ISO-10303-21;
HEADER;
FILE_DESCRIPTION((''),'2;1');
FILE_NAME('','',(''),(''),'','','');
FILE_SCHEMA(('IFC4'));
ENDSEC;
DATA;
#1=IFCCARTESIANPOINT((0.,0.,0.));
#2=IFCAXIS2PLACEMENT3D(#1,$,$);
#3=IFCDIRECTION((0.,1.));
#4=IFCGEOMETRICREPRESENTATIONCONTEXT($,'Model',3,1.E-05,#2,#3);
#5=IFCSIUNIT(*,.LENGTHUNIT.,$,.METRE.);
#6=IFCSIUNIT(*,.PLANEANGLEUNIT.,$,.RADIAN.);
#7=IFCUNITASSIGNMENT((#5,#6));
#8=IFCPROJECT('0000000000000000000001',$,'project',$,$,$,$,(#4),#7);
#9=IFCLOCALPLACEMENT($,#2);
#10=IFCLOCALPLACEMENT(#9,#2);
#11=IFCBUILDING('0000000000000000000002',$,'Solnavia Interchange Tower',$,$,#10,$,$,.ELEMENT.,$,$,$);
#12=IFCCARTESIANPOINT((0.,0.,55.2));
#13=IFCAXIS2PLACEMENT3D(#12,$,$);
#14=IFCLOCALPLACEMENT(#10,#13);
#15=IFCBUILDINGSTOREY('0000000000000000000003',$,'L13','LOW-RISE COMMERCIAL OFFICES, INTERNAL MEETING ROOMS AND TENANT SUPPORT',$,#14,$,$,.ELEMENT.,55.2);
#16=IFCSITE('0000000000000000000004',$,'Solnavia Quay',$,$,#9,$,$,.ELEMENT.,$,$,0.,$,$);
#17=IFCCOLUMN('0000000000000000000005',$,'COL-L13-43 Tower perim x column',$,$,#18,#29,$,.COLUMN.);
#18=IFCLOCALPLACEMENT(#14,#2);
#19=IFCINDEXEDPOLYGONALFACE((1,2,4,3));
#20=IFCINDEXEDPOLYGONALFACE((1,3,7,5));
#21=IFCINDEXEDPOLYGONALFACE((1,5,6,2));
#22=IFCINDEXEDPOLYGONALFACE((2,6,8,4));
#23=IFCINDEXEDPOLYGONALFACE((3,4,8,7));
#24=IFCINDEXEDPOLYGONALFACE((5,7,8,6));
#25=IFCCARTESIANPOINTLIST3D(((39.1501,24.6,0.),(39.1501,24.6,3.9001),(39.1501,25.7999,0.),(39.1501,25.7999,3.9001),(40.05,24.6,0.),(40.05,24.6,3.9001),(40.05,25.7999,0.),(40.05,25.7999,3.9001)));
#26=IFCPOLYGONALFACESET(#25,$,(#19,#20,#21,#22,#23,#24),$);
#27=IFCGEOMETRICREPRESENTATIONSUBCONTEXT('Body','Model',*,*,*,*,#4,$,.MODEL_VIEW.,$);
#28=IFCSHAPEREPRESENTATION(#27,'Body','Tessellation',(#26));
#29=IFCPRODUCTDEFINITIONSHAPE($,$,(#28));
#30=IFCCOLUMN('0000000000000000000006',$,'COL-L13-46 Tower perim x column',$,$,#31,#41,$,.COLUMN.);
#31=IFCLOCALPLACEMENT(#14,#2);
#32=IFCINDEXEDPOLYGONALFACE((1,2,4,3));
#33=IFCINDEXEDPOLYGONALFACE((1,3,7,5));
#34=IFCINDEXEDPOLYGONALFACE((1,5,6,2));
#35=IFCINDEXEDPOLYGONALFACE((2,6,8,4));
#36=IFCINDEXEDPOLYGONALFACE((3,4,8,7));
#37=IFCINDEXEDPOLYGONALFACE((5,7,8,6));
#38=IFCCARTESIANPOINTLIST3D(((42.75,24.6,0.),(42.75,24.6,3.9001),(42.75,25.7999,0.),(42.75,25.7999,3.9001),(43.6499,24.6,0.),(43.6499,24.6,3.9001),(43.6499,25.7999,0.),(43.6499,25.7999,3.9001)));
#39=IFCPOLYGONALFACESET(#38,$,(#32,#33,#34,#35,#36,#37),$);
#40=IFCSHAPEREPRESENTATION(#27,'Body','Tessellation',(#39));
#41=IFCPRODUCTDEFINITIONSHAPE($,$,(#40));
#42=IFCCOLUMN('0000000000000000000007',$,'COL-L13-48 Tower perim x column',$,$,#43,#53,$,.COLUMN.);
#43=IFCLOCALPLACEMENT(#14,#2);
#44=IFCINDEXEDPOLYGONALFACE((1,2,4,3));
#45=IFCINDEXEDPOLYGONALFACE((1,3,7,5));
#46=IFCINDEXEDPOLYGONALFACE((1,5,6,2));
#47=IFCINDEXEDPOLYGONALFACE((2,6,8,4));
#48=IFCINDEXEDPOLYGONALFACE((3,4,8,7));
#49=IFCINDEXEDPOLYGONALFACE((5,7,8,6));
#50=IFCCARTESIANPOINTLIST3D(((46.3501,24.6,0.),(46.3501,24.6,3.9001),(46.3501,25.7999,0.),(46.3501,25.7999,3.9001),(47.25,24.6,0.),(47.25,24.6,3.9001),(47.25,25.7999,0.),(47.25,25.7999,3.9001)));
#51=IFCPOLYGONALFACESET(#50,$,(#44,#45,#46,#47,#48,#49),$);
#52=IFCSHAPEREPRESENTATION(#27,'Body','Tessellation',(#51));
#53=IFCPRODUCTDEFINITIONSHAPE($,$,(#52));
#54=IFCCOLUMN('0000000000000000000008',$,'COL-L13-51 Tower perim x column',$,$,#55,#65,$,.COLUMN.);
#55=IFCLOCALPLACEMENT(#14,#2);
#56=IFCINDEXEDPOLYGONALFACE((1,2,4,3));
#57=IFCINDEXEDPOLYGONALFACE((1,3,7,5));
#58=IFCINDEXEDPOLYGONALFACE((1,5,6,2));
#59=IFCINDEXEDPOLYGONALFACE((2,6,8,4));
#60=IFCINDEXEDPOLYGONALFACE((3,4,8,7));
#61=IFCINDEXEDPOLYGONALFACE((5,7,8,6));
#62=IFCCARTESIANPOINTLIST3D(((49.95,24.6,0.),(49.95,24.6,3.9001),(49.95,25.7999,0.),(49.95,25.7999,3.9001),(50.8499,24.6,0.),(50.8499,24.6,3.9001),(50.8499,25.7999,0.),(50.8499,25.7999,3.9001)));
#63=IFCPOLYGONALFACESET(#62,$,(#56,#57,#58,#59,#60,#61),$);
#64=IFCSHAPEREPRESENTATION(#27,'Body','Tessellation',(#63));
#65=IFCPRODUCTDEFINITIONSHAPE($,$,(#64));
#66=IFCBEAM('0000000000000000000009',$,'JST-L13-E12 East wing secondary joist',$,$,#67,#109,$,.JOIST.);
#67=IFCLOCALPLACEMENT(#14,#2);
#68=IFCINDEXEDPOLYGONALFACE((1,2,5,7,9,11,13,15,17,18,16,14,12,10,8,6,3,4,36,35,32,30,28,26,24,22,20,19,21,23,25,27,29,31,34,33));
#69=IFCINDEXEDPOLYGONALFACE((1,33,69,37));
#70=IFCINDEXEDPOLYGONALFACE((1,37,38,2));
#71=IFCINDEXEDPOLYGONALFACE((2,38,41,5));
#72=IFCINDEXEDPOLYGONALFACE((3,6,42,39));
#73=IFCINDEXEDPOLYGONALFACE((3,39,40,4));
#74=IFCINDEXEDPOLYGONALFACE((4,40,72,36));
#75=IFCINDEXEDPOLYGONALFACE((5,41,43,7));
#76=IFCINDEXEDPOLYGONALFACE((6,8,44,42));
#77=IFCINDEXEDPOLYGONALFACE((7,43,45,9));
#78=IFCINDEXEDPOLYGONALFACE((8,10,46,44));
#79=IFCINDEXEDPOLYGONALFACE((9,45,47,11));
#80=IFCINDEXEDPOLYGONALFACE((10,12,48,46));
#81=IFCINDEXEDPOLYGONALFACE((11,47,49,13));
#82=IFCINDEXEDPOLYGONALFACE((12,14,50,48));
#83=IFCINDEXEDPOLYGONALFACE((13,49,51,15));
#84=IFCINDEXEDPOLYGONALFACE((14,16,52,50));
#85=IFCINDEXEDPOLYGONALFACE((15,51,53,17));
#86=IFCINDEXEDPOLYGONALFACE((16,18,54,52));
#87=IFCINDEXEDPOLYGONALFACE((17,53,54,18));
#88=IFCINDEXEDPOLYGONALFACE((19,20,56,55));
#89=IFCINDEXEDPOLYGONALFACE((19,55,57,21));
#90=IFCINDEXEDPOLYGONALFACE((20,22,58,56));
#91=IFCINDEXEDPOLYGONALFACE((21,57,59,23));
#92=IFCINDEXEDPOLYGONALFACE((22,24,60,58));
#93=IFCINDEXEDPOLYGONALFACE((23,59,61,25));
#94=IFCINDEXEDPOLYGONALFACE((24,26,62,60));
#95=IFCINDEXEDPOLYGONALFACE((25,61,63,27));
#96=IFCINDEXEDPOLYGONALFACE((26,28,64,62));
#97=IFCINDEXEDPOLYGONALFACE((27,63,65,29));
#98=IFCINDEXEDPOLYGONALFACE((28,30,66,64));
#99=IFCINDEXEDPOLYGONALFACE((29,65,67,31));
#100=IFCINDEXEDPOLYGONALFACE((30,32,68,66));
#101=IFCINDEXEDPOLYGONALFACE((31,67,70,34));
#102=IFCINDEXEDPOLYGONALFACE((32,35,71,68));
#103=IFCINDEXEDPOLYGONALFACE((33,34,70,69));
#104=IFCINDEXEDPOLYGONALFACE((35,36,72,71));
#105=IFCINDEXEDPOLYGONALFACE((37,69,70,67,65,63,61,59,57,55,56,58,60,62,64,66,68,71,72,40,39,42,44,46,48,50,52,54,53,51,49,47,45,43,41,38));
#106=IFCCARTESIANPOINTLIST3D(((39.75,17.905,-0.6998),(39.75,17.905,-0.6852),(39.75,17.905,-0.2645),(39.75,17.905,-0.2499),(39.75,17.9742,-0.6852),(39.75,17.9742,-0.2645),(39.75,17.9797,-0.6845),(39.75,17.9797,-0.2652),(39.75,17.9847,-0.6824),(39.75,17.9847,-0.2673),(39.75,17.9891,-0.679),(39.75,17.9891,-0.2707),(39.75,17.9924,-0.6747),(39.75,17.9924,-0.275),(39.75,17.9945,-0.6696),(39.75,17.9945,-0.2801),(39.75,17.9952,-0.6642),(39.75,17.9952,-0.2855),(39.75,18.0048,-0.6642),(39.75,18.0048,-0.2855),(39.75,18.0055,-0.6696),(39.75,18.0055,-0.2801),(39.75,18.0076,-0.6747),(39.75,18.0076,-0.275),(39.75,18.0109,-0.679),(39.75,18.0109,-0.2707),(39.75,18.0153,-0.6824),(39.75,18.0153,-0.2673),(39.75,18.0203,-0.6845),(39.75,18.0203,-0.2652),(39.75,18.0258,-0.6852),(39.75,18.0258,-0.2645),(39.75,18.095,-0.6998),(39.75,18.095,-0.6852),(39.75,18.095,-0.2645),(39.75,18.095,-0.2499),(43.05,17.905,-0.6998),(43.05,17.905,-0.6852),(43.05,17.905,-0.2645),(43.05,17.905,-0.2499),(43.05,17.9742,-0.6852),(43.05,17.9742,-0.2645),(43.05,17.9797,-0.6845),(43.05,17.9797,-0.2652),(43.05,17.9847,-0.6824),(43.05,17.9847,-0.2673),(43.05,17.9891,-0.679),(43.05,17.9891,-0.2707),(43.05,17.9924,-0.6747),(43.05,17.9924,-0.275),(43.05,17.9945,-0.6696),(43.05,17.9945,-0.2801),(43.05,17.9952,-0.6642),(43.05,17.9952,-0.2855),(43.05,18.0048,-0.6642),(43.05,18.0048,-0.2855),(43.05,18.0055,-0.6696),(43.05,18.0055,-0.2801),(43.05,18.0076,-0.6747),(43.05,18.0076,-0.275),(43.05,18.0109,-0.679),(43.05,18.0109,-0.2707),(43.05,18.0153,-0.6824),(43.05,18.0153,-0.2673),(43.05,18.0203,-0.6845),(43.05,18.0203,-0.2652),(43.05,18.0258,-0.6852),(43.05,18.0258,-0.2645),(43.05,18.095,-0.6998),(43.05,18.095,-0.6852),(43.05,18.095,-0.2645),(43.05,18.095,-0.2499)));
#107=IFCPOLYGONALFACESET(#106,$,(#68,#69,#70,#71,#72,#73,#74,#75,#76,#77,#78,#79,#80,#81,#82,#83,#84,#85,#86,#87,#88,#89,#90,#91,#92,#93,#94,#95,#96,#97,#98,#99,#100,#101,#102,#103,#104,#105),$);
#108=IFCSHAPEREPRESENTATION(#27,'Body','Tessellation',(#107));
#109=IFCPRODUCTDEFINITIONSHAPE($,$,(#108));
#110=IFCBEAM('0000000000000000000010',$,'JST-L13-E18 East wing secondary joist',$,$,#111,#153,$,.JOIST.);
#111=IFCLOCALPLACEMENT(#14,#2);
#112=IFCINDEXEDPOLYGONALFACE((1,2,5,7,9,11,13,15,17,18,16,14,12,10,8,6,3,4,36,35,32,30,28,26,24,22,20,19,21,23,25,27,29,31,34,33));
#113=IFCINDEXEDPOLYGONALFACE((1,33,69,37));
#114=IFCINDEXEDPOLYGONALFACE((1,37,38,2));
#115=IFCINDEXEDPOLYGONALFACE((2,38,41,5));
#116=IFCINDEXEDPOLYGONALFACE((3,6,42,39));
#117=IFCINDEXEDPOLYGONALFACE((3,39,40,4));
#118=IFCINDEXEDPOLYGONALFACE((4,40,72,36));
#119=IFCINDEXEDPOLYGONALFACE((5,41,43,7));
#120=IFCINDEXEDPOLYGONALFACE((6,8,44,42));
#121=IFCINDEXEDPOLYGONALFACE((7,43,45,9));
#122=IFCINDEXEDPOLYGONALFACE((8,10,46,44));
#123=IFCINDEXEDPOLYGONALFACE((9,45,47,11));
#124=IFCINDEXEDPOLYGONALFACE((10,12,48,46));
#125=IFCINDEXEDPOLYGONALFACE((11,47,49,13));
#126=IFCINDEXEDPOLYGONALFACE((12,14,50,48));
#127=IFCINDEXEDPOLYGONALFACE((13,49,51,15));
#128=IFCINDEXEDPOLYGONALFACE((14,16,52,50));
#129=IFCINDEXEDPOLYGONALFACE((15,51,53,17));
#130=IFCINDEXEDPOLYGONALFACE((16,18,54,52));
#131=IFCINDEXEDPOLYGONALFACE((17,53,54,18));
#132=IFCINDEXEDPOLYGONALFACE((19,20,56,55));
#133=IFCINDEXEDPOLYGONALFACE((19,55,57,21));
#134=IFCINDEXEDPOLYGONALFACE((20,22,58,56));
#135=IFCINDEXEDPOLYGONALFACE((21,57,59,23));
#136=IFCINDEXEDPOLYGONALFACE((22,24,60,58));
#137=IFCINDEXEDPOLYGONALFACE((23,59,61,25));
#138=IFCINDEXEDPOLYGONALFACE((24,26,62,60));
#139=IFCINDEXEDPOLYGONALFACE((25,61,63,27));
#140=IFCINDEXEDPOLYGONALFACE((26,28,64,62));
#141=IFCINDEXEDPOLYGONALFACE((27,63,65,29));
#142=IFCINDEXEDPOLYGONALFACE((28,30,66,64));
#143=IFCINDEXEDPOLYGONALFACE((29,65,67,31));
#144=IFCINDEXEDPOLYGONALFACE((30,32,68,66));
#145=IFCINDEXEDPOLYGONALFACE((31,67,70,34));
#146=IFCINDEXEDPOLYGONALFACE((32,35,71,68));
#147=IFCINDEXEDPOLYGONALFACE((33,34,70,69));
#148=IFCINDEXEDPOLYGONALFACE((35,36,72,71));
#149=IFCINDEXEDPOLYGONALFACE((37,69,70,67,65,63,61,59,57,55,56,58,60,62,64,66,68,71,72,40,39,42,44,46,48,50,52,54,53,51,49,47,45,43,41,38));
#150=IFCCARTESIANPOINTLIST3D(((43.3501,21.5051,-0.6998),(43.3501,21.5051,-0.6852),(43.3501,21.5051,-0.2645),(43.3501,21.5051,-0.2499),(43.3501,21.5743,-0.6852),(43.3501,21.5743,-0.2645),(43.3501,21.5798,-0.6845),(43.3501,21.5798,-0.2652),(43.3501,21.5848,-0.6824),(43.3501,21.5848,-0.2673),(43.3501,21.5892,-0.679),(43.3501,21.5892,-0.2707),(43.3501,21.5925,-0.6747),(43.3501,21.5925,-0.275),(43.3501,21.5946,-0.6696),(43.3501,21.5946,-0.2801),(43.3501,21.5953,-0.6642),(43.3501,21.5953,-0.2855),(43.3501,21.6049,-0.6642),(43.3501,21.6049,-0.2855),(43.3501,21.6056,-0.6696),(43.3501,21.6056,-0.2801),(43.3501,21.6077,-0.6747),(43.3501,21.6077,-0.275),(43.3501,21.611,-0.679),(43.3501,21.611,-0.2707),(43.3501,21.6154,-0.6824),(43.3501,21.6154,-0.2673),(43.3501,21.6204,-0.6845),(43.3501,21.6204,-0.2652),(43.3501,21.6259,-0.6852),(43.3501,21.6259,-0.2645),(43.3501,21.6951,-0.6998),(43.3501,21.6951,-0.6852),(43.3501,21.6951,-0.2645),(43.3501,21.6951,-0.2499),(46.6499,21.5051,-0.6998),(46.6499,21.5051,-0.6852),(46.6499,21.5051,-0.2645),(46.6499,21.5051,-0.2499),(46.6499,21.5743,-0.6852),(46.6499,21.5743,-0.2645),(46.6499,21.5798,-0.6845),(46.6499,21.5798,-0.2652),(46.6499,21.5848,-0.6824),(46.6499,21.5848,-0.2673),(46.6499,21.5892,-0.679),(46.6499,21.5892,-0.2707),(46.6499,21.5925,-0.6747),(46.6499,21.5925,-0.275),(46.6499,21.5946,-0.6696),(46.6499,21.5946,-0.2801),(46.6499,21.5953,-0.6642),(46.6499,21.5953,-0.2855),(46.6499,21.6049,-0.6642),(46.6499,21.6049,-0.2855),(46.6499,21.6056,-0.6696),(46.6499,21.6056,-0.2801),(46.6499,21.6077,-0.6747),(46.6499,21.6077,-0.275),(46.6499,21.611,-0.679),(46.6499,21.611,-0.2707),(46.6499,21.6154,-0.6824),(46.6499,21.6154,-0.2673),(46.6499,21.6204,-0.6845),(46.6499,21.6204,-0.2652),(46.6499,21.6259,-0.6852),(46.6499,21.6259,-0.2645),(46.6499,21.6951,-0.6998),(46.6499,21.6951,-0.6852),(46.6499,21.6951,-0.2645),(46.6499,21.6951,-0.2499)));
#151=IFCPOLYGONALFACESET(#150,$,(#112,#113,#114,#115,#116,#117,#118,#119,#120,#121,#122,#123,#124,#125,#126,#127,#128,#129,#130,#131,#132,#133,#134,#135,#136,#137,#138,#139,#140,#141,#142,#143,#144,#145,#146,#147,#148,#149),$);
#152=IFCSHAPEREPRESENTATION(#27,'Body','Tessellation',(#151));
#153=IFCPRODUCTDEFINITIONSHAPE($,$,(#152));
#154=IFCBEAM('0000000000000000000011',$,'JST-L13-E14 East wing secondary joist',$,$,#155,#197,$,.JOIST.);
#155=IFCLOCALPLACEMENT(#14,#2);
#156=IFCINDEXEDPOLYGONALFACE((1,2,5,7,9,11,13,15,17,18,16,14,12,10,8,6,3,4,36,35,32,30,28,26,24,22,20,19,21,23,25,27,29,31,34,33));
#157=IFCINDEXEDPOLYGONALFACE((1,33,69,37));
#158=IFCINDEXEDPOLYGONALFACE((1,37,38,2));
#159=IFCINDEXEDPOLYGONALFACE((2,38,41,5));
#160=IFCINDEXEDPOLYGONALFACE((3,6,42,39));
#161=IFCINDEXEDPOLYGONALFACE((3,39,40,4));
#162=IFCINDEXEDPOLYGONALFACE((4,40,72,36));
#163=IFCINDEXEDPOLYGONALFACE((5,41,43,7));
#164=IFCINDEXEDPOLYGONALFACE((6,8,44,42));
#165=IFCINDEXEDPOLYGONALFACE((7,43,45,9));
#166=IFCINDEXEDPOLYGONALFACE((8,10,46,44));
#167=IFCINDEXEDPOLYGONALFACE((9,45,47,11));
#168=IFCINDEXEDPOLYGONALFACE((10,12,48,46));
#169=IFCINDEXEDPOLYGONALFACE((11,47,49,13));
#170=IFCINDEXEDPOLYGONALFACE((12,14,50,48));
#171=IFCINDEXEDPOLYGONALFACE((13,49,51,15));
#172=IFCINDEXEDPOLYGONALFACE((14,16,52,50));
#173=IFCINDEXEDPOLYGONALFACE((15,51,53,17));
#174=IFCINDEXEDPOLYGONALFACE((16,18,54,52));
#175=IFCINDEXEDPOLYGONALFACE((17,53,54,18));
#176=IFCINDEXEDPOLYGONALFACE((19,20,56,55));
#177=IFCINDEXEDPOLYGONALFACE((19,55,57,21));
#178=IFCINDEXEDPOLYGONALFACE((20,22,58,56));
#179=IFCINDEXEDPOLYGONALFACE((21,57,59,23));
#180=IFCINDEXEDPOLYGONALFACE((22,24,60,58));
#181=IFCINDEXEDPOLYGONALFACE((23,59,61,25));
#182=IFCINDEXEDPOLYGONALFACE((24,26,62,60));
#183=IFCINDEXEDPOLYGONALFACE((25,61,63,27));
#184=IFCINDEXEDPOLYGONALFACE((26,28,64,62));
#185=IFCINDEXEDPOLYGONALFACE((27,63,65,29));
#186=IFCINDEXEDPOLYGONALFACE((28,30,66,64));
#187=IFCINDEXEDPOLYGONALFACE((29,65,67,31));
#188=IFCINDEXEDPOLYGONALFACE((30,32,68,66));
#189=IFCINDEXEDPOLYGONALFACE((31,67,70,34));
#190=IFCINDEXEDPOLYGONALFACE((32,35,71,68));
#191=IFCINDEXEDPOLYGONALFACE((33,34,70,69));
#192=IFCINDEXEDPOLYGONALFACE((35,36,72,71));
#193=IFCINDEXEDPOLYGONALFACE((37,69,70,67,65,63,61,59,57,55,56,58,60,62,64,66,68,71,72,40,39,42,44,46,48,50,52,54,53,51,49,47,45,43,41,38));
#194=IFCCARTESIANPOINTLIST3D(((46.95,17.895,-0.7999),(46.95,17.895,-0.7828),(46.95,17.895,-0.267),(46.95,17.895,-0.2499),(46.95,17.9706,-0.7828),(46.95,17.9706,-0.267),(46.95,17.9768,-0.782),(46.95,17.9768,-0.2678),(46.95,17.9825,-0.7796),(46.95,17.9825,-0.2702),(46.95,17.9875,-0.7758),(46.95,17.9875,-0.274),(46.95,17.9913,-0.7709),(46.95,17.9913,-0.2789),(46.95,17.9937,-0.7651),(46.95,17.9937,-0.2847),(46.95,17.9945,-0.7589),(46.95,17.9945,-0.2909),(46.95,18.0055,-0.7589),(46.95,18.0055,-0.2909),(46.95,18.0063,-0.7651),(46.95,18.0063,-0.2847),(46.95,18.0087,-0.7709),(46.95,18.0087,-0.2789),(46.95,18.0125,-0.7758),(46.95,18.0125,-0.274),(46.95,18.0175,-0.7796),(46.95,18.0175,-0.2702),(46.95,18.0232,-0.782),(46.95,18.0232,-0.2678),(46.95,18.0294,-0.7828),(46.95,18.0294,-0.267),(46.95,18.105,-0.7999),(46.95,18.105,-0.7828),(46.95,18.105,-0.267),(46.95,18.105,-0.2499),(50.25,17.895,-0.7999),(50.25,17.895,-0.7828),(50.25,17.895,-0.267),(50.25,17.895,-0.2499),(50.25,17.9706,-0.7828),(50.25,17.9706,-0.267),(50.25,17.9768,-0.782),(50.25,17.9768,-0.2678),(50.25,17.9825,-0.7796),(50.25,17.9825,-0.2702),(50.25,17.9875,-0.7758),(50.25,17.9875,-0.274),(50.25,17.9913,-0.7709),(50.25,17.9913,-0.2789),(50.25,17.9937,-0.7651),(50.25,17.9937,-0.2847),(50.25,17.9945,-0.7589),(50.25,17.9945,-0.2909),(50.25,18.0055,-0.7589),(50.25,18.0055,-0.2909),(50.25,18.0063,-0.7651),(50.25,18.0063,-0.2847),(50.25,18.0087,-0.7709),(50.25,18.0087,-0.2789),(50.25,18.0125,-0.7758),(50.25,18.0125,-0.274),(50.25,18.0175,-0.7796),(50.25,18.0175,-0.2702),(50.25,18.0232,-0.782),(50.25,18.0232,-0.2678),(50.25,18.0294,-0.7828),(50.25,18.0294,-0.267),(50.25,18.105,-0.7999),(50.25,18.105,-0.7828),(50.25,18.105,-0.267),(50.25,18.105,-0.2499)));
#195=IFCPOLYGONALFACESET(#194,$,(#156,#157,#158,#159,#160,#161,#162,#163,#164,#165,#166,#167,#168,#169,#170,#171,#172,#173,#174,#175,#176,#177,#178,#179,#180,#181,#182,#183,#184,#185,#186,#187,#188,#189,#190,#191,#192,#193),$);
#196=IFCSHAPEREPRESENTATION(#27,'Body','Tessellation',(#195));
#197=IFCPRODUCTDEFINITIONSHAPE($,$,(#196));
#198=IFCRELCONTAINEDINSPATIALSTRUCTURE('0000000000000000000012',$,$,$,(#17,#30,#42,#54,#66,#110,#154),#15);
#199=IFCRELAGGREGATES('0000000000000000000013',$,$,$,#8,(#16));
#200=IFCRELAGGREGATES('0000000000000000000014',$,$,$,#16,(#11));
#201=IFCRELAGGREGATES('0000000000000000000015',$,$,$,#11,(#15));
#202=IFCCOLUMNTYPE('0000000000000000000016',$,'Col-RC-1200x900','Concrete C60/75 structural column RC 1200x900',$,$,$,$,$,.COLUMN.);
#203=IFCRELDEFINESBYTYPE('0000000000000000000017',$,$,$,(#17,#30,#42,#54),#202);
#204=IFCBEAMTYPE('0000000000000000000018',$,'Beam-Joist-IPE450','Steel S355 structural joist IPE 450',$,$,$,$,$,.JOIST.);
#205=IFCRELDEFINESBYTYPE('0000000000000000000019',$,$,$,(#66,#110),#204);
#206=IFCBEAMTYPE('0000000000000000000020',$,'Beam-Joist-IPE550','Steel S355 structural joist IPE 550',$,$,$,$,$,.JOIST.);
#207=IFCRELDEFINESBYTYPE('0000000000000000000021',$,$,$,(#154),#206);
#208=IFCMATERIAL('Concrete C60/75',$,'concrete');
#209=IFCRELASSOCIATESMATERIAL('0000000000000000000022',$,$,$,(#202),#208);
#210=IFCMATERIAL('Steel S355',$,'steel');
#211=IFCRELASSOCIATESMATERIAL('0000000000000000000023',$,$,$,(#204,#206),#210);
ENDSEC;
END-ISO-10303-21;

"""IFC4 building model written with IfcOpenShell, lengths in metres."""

from ifc_helpers import new_model, si_unit, direction, frame, origin, origin_2d, place, context, subcontext, project, spatial, rectangle, i_section, extrude, material, material_profile, profile_set, type_object, element, save


model = new_model("IFC4")

# Units and contexts
model_context = context("Model", 3, precision=1e-05, world=origin(), true_north=direction((0.0, 1.0)))
body_context = subcontext(model_context, "Body", "Model", "MODEL_VIEW")
ifc_project = project(units=[si_unit("LENGTHUNIT", "METRE"), si_unit("PLANEANGLEUNIT", "RADIAN")], contexts=[model_context])

# Site, building, storey
site_placement = place(None, origin())
site = spatial("IfcSite", under=ifc_project, at=site_placement, Name="Solnavia Quay", CompositionType="ELEMENT", RefElevation=0.0)
building_placement = place(site_placement, origin())
building = spatial("IfcBuilding", under=site, at=building_placement, Name="Solnavia Interchange Tower", CompositionType="ELEMENT")
storey_placement = place(building_placement, frame((0.0, 0.0, 55.2)))
storey = spatial("IfcBuildingStorey", under=building, at=storey_placement, Name="L13", Description="LOW-RISE COMMERCIAL OFFICES, INTERNAL MEETING ROOMS AND TENANT SUPPORT", CompositionType="ELEMENT", Elevation=55.2)

# Columns
ifc_material_1 = material(Name="Concrete C60/75", Category="concrete")
ifc_material_profile_1 = material_profile(ifc_material_1, rectangle(XDim=0.8999, YDim=1.2, at=origin_2d()), Name="RC 1200x900")
ifc_profile_set_1 = profile_set([ifc_material_profile_1], Name="Concrete C60/75")
column_type = type_object("IfcColumnType", Name="Col-RC-1200x900", Description="Concrete C60/75 structural column RC 1200x900", PredefinedType="COLUMN", material=ifc_profile_set_1)
for number, where, z_axis, x_axis, name in (
    (1, (39.6001, 25.2, 0.0), (0.0, 0.0, 1.0), (1.0, 0.0, 0.0), "COL-L13-43 Tower perim x column"),
    (2, (43.2, 25.2, 0.0), (0.0, 0.0, 1.0), (1.0, 0.0, 0.0), "COL-L13-46 Tower perim x column"),
    (3, (46.8, 25.2, 0.0), (0.0, 0.0, 1.0), (1.0, 0.0, 0.0), "COL-L13-48 Tower perim x column"),
    (4, (50.3999, 25.2, 0.0), (0.0, 0.0, 1.0), (1.0, 0.0, 0.0), "COL-L13-51 Tower perim x column"),
):
    element("IfcColumn", number, at=place(storey_placement, frame(where, z_axis=z_axis, x_axis=x_axis)), inside=storey, type_object=column_type, Name=name, PredefinedType="COLUMN", context=body_context, shape_type="SweptSolid", body=[
        extrude(rectangle(XDim=0.8999, YDim=1.2, at=origin_2d()), origin(), (0.0, 0.0, 1.0), 3.9001),
    ])

# Beams
ifc_material_2 = material(Name="Steel S355", Category="steel")
ifc_material_profile_2 = material_profile(ifc_material_2, i_section(OverallWidth=0.1899, OverallDepth=0.45, WebThickness=0.0095, FlangeThickness=0.0146, FilletRadius=0.021, at=origin_2d()), Name="IPE 450")
ifc_profile_set_2 = profile_set([ifc_material_profile_2], Name="Steel S355")
beam_type_1 = type_object("IfcBeamType", Name="Beam-Joist-IPE450", Description="Steel S355 structural joist IPE 450", PredefinedType="JOIST", material=ifc_profile_set_2)
beam_1_placement = place(storey_placement, frame((39.75, 18.0, -0.4749), z_axis=(1.0, 0.0, 0.0), x_axis=(0.0, 1.0, 0.0)))
element("IfcBeam", 5, at=beam_1_placement, inside=storey, type_object=beam_type_1, Name="JST-L13-E12 East wing secondary joist", PredefinedType="JOIST", context=body_context, shape_type="SweptSolid", body=[
    extrude(i_section(OverallWidth=0.1899, OverallDepth=0.45, WebThickness=0.0095, FlangeThickness=0.0146, FilletRadius=0.021, at=origin_2d()), origin(), (0.0, 0.0, 1.0), 3.3),
])
beam_2_placement = place(storey_placement, frame((43.3501, 21.6001, -0.4749), z_axis=(1.0, 0.0, 0.0), x_axis=(0.0, 1.0, 0.0)))
element("IfcBeam", 6, at=beam_2_placement, inside=storey, type_object=beam_type_1, Name="JST-L13-E18 East wing secondary joist", PredefinedType="JOIST", context=body_context, shape_type="SweptSolid", body=[
    extrude(i_section(OverallWidth=0.1899, OverallDepth=0.45, WebThickness=0.0095, FlangeThickness=0.0146, FilletRadius=0.021, at=origin_2d()), origin(), (0.0, 0.0, 1.0), 3.2998),
])
ifc_material_profile_3 = material_profile(ifc_material_2, i_section(OverallWidth=0.21, OverallDepth=0.55, WebThickness=0.011, FlangeThickness=0.0171, FilletRadius=0.0239, at=origin_2d()), Name="IPE 550")
ifc_profile_set_3 = profile_set([ifc_material_profile_3], Name="Steel S355")
beam_type_2 = type_object("IfcBeamType", Name="Beam-Joist-IPE550", Description="Steel S355 structural joist IPE 550", PredefinedType="JOIST", material=ifc_profile_set_3)
for number, where, z_axis, x_axis, name in (
    (7, (46.95, 18.0, -0.5249), (1.0, 0.0, 0.0), (0.0, 1.0, 0.0), "JST-L13-E14 East wing secondary joist"),
):
    element("IfcBeam", number, at=place(storey_placement, frame(where, z_axis=z_axis, x_axis=x_axis)), inside=storey, type_object=beam_type_2, Name=name, PredefinedType="JOIST", context=body_context, shape_type="SweptSolid", body=[
        extrude(i_section(OverallWidth=0.21, OverallDepth=0.55, WebThickness=0.011, FlangeThickness=0.0171, FilletRadius=0.0239, at=origin_2d()), origin(), (0.0, 0.0, 1.0), 3.3),
    ])

save(model, "model.ifc")
